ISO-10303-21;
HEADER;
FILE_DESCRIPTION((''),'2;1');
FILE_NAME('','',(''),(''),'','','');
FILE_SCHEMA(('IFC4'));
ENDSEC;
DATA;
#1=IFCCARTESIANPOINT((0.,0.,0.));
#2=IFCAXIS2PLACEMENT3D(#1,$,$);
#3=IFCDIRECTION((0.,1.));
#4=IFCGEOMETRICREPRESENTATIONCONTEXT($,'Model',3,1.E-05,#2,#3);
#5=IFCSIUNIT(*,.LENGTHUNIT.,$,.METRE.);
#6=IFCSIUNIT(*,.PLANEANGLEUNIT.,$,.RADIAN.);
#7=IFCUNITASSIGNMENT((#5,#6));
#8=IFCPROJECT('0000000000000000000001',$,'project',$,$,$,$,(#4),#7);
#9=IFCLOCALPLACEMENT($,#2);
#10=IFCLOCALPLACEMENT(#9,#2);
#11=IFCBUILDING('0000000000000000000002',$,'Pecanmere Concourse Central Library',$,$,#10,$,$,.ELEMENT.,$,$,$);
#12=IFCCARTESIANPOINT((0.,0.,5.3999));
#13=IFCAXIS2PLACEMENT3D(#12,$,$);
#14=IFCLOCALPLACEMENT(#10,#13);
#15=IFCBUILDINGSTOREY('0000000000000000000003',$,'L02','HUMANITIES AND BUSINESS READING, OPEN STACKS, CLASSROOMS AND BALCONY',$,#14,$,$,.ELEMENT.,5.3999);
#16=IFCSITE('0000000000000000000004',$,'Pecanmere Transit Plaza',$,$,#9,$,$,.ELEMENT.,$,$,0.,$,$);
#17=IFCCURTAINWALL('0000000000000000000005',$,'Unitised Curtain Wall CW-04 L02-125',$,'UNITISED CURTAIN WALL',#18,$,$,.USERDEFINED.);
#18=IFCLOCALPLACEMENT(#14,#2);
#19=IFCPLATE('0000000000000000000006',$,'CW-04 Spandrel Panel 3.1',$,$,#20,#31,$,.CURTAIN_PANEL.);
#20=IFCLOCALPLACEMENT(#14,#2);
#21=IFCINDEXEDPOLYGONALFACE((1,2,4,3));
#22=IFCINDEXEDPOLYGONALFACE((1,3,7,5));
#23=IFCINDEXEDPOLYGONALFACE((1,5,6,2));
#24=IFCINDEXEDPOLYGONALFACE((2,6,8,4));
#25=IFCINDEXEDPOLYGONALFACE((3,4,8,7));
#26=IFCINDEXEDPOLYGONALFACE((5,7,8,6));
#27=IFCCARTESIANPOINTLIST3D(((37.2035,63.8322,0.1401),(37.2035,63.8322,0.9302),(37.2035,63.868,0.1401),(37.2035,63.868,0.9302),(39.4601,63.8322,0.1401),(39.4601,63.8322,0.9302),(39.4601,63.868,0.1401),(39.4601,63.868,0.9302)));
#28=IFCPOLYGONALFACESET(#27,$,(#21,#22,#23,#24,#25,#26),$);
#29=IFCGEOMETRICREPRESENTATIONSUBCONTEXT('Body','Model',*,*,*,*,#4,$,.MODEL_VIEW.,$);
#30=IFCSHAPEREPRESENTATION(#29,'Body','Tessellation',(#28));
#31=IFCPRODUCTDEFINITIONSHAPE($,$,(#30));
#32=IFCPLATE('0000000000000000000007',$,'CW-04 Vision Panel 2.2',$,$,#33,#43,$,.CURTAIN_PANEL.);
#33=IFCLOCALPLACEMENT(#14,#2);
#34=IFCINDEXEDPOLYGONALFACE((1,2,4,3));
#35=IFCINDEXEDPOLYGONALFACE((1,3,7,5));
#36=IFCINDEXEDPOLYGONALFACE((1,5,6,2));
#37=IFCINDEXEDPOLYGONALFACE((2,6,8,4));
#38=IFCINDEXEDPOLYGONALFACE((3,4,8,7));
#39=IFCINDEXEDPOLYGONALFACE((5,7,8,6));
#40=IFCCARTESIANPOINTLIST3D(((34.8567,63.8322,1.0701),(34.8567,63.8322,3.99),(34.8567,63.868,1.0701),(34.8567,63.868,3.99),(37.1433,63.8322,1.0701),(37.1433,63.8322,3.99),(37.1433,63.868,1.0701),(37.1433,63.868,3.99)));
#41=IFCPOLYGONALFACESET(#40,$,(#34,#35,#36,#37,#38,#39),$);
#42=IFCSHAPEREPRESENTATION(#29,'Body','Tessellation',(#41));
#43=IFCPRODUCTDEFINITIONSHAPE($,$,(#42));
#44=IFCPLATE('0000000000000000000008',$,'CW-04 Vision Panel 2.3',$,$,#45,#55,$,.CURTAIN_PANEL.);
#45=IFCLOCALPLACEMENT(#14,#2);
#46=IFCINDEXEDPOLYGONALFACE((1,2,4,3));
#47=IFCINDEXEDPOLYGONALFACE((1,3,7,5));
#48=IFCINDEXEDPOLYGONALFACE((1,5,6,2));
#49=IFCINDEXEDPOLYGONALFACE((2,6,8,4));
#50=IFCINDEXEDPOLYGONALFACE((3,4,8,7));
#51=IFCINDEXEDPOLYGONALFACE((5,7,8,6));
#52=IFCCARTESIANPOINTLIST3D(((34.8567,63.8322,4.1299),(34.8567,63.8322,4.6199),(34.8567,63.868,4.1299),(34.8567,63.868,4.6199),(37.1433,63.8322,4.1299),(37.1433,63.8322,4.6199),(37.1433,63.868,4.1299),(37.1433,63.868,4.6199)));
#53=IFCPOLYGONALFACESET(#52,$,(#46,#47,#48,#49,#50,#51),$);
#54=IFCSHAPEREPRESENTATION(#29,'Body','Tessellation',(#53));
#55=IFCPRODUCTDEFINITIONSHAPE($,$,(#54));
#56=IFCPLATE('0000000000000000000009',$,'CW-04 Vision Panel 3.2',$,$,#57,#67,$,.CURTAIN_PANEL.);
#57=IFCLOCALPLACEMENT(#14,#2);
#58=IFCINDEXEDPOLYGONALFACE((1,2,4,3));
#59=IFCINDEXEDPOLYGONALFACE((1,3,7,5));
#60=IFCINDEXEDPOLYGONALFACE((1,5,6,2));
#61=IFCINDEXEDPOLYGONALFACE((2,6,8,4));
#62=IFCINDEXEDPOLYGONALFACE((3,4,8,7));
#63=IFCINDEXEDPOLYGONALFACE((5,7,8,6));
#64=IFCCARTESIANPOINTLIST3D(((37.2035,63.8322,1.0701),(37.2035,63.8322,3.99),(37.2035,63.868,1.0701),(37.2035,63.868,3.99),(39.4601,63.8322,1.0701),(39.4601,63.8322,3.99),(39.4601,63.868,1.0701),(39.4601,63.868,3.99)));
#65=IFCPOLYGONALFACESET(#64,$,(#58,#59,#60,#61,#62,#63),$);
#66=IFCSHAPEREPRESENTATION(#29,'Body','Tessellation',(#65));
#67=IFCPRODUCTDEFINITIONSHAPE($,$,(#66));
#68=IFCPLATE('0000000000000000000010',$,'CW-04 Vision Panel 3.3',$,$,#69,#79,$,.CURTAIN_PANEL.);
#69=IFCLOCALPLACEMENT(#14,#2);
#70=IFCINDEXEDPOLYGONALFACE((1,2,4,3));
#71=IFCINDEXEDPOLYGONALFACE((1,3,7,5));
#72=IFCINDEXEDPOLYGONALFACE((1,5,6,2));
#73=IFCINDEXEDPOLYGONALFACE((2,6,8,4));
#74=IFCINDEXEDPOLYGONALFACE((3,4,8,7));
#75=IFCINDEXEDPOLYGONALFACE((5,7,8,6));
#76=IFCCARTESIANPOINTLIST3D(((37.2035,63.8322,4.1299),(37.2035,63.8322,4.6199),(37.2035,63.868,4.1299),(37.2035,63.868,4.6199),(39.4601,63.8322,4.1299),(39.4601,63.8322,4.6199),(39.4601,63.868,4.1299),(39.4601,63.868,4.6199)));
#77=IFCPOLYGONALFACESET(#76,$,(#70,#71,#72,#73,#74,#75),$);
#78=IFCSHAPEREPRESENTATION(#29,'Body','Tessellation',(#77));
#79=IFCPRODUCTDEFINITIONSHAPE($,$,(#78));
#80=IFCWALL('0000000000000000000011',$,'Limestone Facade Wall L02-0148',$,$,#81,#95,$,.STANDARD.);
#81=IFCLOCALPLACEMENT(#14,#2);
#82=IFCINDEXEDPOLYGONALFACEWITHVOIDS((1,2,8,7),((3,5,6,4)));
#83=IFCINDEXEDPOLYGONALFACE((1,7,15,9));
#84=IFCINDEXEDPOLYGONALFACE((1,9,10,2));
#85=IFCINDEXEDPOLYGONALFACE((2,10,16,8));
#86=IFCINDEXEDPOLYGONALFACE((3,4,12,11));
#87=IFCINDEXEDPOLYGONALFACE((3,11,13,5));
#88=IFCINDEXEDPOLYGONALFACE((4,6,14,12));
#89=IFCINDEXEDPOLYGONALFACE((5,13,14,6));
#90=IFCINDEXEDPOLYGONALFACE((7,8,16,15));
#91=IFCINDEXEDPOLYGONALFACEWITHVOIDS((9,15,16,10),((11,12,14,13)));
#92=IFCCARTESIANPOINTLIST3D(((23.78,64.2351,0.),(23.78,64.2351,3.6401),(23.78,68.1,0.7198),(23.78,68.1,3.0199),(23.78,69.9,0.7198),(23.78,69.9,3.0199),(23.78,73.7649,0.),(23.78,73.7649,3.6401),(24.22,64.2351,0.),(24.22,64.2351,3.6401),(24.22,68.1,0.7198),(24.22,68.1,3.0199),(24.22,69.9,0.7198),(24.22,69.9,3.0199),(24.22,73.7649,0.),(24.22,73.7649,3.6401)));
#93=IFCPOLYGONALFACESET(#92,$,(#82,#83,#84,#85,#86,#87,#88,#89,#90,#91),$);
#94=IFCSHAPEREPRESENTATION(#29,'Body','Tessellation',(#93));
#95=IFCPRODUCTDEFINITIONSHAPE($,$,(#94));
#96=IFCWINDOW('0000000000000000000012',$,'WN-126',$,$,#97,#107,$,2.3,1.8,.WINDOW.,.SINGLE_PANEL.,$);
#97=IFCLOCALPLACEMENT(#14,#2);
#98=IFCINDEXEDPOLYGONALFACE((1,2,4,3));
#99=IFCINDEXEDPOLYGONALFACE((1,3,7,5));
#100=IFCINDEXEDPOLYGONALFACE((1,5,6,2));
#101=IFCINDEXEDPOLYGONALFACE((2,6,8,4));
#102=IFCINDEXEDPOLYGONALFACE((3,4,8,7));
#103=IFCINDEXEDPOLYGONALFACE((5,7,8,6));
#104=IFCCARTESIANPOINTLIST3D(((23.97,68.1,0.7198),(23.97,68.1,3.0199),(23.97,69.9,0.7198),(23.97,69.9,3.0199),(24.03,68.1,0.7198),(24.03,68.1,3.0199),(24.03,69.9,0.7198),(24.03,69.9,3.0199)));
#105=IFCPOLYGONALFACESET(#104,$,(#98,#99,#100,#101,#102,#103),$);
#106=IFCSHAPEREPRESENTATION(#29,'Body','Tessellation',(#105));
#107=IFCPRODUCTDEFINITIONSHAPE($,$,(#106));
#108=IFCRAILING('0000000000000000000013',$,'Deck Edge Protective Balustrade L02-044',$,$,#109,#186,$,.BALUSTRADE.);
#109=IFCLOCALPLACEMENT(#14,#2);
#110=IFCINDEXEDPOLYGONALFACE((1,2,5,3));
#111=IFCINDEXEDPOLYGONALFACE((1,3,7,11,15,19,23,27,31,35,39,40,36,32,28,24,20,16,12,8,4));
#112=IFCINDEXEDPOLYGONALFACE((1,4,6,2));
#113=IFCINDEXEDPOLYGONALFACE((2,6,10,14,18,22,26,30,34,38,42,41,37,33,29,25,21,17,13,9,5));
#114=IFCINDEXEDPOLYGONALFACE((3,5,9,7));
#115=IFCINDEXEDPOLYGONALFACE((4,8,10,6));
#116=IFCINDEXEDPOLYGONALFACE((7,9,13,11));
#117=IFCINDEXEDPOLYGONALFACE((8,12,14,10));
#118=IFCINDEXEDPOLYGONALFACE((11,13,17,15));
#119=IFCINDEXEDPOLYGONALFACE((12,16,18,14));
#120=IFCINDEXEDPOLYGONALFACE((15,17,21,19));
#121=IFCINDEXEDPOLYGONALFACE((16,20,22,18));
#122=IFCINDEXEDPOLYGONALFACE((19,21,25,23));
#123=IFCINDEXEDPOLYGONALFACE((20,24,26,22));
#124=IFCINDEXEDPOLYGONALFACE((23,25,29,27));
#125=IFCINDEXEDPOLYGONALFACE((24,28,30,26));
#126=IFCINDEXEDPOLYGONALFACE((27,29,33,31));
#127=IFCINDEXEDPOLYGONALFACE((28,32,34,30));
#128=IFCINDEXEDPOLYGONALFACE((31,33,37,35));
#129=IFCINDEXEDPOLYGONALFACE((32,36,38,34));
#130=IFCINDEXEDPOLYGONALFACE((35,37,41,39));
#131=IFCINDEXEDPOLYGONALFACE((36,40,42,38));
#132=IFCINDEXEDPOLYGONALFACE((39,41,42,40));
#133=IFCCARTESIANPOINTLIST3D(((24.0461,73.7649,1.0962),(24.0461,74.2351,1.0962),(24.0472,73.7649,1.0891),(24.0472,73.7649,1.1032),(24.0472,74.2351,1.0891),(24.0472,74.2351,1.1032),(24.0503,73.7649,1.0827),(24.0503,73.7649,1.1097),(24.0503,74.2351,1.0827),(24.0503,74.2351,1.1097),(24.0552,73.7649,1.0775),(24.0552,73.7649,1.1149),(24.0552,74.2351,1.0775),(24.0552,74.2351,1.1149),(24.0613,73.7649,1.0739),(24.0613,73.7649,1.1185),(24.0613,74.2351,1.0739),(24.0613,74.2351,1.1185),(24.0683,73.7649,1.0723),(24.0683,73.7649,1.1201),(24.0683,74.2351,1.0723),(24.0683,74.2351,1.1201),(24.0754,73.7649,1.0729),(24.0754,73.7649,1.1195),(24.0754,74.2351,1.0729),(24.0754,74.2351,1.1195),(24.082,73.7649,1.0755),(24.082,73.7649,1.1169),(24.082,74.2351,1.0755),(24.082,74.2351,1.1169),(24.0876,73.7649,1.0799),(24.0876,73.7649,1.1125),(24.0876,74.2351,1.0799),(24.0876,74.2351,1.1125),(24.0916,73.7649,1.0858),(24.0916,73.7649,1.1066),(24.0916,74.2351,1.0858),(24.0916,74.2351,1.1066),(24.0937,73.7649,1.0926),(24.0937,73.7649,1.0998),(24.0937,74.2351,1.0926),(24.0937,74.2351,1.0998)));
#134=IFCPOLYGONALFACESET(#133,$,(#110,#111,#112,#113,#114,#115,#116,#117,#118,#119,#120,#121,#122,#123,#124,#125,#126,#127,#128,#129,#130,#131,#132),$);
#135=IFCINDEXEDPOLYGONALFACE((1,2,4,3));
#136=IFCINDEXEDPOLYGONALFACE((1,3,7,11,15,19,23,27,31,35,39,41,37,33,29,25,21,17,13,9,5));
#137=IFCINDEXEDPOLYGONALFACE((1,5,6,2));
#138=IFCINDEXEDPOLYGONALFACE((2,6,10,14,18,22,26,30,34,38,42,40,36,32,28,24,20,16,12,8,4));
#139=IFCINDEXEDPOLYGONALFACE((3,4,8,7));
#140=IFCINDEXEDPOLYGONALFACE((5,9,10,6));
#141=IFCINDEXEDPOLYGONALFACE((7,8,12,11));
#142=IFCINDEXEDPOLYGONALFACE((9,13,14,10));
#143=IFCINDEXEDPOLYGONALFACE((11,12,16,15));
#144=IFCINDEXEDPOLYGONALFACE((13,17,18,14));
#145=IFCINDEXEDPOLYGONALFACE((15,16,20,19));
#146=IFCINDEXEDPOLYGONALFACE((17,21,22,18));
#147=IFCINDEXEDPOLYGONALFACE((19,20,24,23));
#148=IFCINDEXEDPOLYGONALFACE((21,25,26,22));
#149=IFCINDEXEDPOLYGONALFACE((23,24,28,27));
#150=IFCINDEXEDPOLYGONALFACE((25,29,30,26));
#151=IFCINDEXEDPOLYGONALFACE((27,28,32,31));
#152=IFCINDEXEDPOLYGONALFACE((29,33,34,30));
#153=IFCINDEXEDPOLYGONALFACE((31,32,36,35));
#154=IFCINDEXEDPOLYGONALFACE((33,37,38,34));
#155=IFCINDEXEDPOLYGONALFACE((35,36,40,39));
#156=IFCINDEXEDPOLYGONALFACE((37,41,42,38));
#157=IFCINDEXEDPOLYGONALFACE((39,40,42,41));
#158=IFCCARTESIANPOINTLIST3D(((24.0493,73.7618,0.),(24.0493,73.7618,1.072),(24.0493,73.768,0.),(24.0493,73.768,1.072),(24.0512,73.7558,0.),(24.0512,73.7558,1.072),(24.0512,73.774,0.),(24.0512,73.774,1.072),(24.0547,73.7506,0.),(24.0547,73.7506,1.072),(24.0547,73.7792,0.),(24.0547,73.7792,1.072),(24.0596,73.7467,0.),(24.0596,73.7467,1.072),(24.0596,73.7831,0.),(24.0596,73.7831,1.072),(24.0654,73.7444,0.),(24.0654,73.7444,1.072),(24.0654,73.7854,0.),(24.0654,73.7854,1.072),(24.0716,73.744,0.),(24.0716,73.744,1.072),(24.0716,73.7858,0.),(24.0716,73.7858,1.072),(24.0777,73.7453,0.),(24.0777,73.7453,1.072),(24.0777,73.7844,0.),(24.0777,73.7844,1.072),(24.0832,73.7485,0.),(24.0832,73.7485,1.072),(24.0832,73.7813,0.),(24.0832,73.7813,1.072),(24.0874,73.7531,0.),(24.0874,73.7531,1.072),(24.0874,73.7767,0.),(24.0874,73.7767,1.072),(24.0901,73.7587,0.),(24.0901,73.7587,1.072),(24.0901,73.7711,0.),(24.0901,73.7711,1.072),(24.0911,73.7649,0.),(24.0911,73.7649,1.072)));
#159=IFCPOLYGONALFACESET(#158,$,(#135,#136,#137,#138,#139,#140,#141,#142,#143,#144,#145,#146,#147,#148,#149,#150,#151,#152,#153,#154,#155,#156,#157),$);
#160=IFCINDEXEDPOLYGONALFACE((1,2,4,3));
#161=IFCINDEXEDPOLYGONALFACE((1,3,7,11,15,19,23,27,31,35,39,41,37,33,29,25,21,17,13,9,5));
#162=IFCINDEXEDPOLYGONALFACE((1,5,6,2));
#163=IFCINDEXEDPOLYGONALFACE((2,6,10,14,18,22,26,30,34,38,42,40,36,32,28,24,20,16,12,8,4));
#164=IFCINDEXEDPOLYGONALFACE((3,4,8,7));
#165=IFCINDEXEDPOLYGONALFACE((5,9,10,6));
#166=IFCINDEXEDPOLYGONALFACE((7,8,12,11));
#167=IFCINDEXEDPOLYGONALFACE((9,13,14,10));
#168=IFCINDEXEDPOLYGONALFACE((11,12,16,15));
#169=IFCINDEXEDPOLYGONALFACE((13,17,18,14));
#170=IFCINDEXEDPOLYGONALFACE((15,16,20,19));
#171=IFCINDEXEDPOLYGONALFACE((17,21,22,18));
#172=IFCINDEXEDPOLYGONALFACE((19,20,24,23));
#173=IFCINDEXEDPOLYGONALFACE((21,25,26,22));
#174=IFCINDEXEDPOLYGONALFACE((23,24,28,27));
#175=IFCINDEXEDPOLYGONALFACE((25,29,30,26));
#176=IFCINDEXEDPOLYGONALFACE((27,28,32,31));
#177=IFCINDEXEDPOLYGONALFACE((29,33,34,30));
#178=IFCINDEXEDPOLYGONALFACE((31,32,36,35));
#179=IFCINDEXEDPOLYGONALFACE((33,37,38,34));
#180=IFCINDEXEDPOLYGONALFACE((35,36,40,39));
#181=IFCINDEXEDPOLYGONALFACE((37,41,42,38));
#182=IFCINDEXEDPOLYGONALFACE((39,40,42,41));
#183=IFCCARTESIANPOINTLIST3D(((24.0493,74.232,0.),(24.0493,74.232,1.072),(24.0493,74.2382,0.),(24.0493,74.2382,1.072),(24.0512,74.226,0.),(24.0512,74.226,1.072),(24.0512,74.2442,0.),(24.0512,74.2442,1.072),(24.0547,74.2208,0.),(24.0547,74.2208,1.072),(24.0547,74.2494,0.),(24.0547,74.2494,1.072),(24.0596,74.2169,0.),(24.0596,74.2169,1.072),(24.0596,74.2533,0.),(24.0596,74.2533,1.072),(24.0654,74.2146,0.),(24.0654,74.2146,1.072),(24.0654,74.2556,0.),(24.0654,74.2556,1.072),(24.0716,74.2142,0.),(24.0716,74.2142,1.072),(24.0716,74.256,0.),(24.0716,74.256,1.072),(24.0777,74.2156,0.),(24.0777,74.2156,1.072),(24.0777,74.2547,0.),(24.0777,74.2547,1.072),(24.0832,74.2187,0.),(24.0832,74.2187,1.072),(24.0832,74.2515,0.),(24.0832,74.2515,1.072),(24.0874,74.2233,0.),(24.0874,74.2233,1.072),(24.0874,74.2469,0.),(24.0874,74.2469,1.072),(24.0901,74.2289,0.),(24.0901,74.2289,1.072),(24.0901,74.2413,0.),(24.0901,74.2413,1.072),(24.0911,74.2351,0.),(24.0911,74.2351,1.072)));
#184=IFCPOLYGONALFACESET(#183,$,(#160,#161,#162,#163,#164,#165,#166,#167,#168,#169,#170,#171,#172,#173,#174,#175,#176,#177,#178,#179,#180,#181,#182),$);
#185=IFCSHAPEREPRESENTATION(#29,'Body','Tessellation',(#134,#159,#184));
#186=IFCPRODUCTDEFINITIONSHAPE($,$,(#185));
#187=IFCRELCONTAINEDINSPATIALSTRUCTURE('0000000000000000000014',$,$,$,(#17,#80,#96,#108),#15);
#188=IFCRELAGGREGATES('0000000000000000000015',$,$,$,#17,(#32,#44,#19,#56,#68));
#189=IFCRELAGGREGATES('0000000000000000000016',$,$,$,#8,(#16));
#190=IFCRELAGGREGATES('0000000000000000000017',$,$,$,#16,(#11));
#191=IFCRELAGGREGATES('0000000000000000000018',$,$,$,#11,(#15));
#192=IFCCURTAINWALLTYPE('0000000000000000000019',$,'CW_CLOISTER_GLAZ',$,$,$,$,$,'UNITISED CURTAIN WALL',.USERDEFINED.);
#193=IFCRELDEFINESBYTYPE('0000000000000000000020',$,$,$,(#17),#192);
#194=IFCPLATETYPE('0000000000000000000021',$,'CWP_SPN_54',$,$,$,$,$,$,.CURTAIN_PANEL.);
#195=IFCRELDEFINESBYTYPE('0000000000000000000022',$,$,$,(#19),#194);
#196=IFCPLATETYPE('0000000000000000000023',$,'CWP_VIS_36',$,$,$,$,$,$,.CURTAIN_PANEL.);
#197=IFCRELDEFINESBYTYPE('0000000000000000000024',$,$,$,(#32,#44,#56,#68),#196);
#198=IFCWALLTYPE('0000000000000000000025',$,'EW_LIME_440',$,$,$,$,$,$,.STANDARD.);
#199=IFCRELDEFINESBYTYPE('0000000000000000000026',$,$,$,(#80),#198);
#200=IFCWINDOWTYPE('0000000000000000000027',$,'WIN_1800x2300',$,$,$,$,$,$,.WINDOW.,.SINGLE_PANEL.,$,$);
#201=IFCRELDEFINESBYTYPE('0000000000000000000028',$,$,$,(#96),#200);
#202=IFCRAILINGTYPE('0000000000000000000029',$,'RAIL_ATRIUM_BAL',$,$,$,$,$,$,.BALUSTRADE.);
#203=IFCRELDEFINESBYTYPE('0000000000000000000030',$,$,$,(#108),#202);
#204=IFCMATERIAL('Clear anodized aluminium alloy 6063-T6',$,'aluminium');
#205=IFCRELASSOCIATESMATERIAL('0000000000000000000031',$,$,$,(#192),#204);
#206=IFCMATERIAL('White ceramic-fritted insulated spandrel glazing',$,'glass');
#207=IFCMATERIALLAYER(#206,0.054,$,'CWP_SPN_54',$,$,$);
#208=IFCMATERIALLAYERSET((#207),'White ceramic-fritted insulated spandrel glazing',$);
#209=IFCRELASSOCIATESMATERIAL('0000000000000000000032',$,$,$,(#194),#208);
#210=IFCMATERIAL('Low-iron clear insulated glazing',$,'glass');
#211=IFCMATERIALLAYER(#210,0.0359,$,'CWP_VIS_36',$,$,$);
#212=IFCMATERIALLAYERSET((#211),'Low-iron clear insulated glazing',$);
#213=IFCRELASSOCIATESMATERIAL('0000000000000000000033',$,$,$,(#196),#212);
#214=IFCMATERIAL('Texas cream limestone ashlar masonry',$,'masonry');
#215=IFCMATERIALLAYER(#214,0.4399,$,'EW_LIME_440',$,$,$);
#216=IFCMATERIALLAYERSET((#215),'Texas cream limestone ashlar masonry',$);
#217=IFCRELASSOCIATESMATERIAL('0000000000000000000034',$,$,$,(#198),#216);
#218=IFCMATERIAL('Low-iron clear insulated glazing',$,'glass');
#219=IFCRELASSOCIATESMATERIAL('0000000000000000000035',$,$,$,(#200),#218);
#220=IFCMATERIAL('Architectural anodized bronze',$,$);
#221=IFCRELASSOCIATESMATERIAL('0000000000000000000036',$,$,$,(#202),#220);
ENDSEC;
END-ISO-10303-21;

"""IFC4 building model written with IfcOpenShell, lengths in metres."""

from ifc_helpers import new_model, si_unit, direction, frame, frame_2d, origin, origin_2d, place, context, subcontext, project, spatial, rectangle, circle, extrude, material, layer, layer_set, type_object, element, fill, aggregate, save


model = new_model("IFC4")

# Units and contexts
model_context = context("Model", 3, precision=1e-05, world=origin(), true_north=direction((0.0, 1.0)))
body_context = subcontext(model_context, "Body", "Model", "MODEL_VIEW")
ifc_project = project(units=[si_unit("LENGTHUNIT", "METRE"), si_unit("PLANEANGLEUNIT", "RADIAN")], contexts=[model_context])

# Site, building, storey
site_placement = place(None, origin())
site = spatial("IfcSite", under=ifc_project, at=site_placement, Name="Pecanmere Transit Plaza", CompositionType="ELEMENT", RefElevation=0.0)
building_placement = place(site_placement, origin())
building = spatial("IfcBuilding", under=site, at=building_placement, Name="Pecanmere Concourse Central Library", CompositionType="ELEMENT")
storey_placement = place(building_placement, frame((0.0, 0.0, 5.3999)))
storey = spatial("IfcBuildingStorey", under=building, at=storey_placement, Name="L02", Description="HUMANITIES AND BUSINESS READING, OPEN STACKS, CLASSROOMS AND BALCONY", CompositionType="ELEMENT", Elevation=5.3999)

# Curtain wall
ifc_material_1 = material(Name="Clear anodized aluminium alloy 6063-T6", Category="aluminium")
curtain_wall_type = type_object("IfcCurtainWallType", Name="CW_CLOISTER_GLAZ", ElementType="UNITISED CURTAIN WALL", PredefinedType="USERDEFINED", material=ifc_material_1)
curtain_wall_placement = place(storey_placement, origin())
curtain_wall = element("IfcCurtainWall", 1, at=curtain_wall_placement, inside=storey, type_object=curtain_wall_type, Name="Unitised Curtain Wall CW-04 L02-125", ObjectType="UNITISED CURTAIN WALL", PredefinedType="USERDEFINED")

# Plates
ifc_material_2 = material(Name="White ceramic-fritted insulated spandrel glazing", Category="glass")
ifc_layer_1 = layer(ifc_material_2, 0.054, Name="CWP_SPN_54")
ifc_layer_set_1 = layer_set([ifc_layer_1], Name="White ceramic-fritted insulated spandrel glazing")
plate_type_1 = type_object("IfcPlateType", Name="CWP_SPN_54", PredefinedType="CURTAIN_PANEL", material=ifc_layer_set_1)
plate_1_placement = place(storey_placement, frame((38.3318, 63.8501, 0.1401), z_axis=(0.0, 0.0, 1.0), x_axis=(1.0, 0.0, 0.0)))
plate_1 = element("IfcPlate", 2, at=plate_1_placement, type_object=plate_type_1, Name="CW-04 Spandrel Panel 3.1", PredefinedType="CURTAIN_PANEL", context=body_context, shape_type="SweptSolid", body=[
    extrude(rectangle(XDim=2.2566, YDim=0.0359, at=origin_2d()), origin(), (0.0, 0.0, 1.0), 0.79),
])
ifc_material_3 = material(Name="Low-iron clear insulated glazing", Category="glass")
ifc_layer_2 = layer(ifc_material_3, 0.0359, Name="CWP_VIS_36")
ifc_layer_set_2 = layer_set([ifc_layer_2], Name="Low-iron clear insulated glazing")
plate_type_2 = type_object("IfcPlateType", Name="CWP_VIS_36", PredefinedType="CURTAIN_PANEL", material=ifc_layer_set_2)
plate_2_placement = place(storey_placement, frame((36.0, 63.8501, 1.0701), z_axis=(0.0, 0.0, 1.0), x_axis=(1.0, 0.0, 0.0)))
plate_2 = element("IfcPlate", 3, at=plate_2_placement, type_object=plate_type_2, Name="CW-04 Vision Panel 2.2", PredefinedType="CURTAIN_PANEL", context=body_context, shape_type="SweptSolid", body=[
    extrude(rectangle(XDim=2.2866, YDim=0.0359, at=origin_2d()), origin(), (0.0, 0.0, 1.0), 2.9199),
])
plate_3_placement = place(storey_placement, frame((36.0, 63.8501, 4.1299), z_axis=(0.0, 0.0, 1.0), x_axis=(1.0, 0.0, 0.0)))
plate_3 = element("IfcPlate", 4, at=plate_3_placement, type_object=plate_type_2, Name="CW-04 Vision Panel 2.3", PredefinedType="CURTAIN_PANEL", context=body_context, shape_type="SweptSolid", body=[
    extrude(rectangle(XDim=2.2866, YDim=0.0359, at=origin_2d()), origin(), (0.0, 0.0, 1.0), 0.49),
])
plate_4_placement = place(storey_placement, frame((38.3318, 63.8501, 1.0701), z_axis=(0.0, 0.0, 1.0), x_axis=(1.0, 0.0, 0.0)))
plate_4 = element("IfcPlate", 5, at=plate_4_placement, type_object=plate_type_2, Name="CW-04 Vision Panel 3.2", PredefinedType="CURTAIN_PANEL", context=body_context, shape_type="SweptSolid", body=[
    extrude(rectangle(XDim=2.2566, YDim=0.0359, at=origin_2d()), origin(), (0.0, 0.0, 1.0), 2.9199),
])
plate_5_placement = place(storey_placement, frame((38.3318, 63.8501, 4.1299), z_axis=(0.0, 0.0, 1.0), x_axis=(1.0, 0.0, 0.0)))
plate_5 = element("IfcPlate", 6, at=plate_5_placement, type_object=plate_type_2, Name="CW-04 Vision Panel 3.3", PredefinedType="CURTAIN_PANEL", context=body_context, shape_type="SweptSolid", body=[
    extrude(rectangle(XDim=2.2566, YDim=0.0359, at=origin_2d()), origin(), (0.0, 0.0, 1.0), 0.49),
])
aggregate(curtain_wall, [plate_2, plate_3, plate_1, plate_4, plate_5])

# Wall, opening, window
ifc_material_4 = material(Name="Texas cream limestone ashlar masonry", Category="masonry")
ifc_layer_3 = layer(ifc_material_4, 0.4399, Name="EW_LIME_440")
ifc_layer_set_3 = layer_set([ifc_layer_3], Name="Texas cream limestone ashlar masonry")
wall_type = type_object("IfcWallType", Name="EW_LIME_440", PredefinedType="STANDARD", material=ifc_layer_set_3)
wall_placement = place(storey_placement, frame((24.0, 73.7649, 0.0), z_axis=(0.0, 0.0, 1.0), x_axis=(0.0, -1.0, 0.0)))
wall = element("IfcWall", 7, at=wall_placement, inside=storey, type_object=wall_type, Name="Limestone Facade Wall L02-0148", PredefinedType="STANDARD", context=body_context, shape_type="SweptSolid", body=[
    extrude(rectangle(XDim=9.5298, YDim=0.4399, at=frame_2d((4.7649, 0.0))), origin(), (0.0, 0.0, 1.0), 3.6401),
])
opening_placement = place(wall_placement, frame((3.865, 0.0, 0.72)))
opening = element("IfcOpeningElement", 8, at=opening_placement, cuts=wall, PredefinedType="OPENING", context=body_context, shape_type="SweptSolid", body=[
    extrude(rectangle(XDim=1.8, YDim=2.3, at=frame_2d((0.8999, 1.1499))), frame((0.0, 0.2319, 0.0), z_axis=(0.0, -1.0, 0.0), x_axis=(1.0, 0.0, 0.0)), (0.0, 0.0, 1.0), 0.4639),
])
ifc_material_5 = material(Name="Low-iron clear insulated glazing", Category="glass")
window_type = type_object("IfcWindowType", Name="WIN_1800x2300", PartitioningType="SINGLE_PANEL", PredefinedType="WINDOW", material=ifc_material_5)
window_placement = place(opening_placement, origin())
window = element("IfcWindow", 9, at=window_placement, inside=storey, type_object=window_type, Name="WN-126", OverallHeight=2.3, OverallWidth=1.8, PartitioningType="SINGLE_PANEL", PredefinedType="WINDOW", context=body_context, shape_type="SweptSolid", body=[
    extrude(rectangle(XDim=1.8, YDim=2.3, at=frame_2d((0.8999, 1.1499))), frame((0.0, 0.03, 0.0), z_axis=(0.0, -1.0, 0.0), x_axis=(1.0, 0.0, 0.0)), (0.0, 0.0, 1.0), 0.0601),
])
fill(opening, window)

# Railing
ifc_material_6 = material(Name="Architectural anodized bronze")
railing_type = type_object("IfcRailingType", Name="RAIL_ATRIUM_BAL", PredefinedType="BALUSTRADE", material=ifc_material_6)
railing_1_placement = place(storey_placement, frame((24.0701, 73.7649, 0.0)))
element("IfcRailing", 10, at=railing_1_placement, inside=storey, type_object=railing_type, Name="Deck Edge Protective Balustrade L02-044", PredefinedType="BALUSTRADE", context=body_context, shape_type="SweptSolid", body=[
    extrude(circle(Radius=0.0239, at=origin_2d()), frame((0.0, 0.0, 1.0962), z_axis=(0.0, 1.0, 0.0), x_axis=(-1.0, 0.0, 0.0)), (0.0, 0.0, 1.0), 0.4702),
    extrude(circle(Radius=0.021, at=origin_2d()), origin(), (0.0, 0.0, 1.0), 1.072),
    extrude(circle(Radius=0.021, at=origin_2d()), frame((0.0, 0.4702, 0.0)), (0.0, 0.0, 1.0), 1.072),
])

save(model, "model.ifc")
